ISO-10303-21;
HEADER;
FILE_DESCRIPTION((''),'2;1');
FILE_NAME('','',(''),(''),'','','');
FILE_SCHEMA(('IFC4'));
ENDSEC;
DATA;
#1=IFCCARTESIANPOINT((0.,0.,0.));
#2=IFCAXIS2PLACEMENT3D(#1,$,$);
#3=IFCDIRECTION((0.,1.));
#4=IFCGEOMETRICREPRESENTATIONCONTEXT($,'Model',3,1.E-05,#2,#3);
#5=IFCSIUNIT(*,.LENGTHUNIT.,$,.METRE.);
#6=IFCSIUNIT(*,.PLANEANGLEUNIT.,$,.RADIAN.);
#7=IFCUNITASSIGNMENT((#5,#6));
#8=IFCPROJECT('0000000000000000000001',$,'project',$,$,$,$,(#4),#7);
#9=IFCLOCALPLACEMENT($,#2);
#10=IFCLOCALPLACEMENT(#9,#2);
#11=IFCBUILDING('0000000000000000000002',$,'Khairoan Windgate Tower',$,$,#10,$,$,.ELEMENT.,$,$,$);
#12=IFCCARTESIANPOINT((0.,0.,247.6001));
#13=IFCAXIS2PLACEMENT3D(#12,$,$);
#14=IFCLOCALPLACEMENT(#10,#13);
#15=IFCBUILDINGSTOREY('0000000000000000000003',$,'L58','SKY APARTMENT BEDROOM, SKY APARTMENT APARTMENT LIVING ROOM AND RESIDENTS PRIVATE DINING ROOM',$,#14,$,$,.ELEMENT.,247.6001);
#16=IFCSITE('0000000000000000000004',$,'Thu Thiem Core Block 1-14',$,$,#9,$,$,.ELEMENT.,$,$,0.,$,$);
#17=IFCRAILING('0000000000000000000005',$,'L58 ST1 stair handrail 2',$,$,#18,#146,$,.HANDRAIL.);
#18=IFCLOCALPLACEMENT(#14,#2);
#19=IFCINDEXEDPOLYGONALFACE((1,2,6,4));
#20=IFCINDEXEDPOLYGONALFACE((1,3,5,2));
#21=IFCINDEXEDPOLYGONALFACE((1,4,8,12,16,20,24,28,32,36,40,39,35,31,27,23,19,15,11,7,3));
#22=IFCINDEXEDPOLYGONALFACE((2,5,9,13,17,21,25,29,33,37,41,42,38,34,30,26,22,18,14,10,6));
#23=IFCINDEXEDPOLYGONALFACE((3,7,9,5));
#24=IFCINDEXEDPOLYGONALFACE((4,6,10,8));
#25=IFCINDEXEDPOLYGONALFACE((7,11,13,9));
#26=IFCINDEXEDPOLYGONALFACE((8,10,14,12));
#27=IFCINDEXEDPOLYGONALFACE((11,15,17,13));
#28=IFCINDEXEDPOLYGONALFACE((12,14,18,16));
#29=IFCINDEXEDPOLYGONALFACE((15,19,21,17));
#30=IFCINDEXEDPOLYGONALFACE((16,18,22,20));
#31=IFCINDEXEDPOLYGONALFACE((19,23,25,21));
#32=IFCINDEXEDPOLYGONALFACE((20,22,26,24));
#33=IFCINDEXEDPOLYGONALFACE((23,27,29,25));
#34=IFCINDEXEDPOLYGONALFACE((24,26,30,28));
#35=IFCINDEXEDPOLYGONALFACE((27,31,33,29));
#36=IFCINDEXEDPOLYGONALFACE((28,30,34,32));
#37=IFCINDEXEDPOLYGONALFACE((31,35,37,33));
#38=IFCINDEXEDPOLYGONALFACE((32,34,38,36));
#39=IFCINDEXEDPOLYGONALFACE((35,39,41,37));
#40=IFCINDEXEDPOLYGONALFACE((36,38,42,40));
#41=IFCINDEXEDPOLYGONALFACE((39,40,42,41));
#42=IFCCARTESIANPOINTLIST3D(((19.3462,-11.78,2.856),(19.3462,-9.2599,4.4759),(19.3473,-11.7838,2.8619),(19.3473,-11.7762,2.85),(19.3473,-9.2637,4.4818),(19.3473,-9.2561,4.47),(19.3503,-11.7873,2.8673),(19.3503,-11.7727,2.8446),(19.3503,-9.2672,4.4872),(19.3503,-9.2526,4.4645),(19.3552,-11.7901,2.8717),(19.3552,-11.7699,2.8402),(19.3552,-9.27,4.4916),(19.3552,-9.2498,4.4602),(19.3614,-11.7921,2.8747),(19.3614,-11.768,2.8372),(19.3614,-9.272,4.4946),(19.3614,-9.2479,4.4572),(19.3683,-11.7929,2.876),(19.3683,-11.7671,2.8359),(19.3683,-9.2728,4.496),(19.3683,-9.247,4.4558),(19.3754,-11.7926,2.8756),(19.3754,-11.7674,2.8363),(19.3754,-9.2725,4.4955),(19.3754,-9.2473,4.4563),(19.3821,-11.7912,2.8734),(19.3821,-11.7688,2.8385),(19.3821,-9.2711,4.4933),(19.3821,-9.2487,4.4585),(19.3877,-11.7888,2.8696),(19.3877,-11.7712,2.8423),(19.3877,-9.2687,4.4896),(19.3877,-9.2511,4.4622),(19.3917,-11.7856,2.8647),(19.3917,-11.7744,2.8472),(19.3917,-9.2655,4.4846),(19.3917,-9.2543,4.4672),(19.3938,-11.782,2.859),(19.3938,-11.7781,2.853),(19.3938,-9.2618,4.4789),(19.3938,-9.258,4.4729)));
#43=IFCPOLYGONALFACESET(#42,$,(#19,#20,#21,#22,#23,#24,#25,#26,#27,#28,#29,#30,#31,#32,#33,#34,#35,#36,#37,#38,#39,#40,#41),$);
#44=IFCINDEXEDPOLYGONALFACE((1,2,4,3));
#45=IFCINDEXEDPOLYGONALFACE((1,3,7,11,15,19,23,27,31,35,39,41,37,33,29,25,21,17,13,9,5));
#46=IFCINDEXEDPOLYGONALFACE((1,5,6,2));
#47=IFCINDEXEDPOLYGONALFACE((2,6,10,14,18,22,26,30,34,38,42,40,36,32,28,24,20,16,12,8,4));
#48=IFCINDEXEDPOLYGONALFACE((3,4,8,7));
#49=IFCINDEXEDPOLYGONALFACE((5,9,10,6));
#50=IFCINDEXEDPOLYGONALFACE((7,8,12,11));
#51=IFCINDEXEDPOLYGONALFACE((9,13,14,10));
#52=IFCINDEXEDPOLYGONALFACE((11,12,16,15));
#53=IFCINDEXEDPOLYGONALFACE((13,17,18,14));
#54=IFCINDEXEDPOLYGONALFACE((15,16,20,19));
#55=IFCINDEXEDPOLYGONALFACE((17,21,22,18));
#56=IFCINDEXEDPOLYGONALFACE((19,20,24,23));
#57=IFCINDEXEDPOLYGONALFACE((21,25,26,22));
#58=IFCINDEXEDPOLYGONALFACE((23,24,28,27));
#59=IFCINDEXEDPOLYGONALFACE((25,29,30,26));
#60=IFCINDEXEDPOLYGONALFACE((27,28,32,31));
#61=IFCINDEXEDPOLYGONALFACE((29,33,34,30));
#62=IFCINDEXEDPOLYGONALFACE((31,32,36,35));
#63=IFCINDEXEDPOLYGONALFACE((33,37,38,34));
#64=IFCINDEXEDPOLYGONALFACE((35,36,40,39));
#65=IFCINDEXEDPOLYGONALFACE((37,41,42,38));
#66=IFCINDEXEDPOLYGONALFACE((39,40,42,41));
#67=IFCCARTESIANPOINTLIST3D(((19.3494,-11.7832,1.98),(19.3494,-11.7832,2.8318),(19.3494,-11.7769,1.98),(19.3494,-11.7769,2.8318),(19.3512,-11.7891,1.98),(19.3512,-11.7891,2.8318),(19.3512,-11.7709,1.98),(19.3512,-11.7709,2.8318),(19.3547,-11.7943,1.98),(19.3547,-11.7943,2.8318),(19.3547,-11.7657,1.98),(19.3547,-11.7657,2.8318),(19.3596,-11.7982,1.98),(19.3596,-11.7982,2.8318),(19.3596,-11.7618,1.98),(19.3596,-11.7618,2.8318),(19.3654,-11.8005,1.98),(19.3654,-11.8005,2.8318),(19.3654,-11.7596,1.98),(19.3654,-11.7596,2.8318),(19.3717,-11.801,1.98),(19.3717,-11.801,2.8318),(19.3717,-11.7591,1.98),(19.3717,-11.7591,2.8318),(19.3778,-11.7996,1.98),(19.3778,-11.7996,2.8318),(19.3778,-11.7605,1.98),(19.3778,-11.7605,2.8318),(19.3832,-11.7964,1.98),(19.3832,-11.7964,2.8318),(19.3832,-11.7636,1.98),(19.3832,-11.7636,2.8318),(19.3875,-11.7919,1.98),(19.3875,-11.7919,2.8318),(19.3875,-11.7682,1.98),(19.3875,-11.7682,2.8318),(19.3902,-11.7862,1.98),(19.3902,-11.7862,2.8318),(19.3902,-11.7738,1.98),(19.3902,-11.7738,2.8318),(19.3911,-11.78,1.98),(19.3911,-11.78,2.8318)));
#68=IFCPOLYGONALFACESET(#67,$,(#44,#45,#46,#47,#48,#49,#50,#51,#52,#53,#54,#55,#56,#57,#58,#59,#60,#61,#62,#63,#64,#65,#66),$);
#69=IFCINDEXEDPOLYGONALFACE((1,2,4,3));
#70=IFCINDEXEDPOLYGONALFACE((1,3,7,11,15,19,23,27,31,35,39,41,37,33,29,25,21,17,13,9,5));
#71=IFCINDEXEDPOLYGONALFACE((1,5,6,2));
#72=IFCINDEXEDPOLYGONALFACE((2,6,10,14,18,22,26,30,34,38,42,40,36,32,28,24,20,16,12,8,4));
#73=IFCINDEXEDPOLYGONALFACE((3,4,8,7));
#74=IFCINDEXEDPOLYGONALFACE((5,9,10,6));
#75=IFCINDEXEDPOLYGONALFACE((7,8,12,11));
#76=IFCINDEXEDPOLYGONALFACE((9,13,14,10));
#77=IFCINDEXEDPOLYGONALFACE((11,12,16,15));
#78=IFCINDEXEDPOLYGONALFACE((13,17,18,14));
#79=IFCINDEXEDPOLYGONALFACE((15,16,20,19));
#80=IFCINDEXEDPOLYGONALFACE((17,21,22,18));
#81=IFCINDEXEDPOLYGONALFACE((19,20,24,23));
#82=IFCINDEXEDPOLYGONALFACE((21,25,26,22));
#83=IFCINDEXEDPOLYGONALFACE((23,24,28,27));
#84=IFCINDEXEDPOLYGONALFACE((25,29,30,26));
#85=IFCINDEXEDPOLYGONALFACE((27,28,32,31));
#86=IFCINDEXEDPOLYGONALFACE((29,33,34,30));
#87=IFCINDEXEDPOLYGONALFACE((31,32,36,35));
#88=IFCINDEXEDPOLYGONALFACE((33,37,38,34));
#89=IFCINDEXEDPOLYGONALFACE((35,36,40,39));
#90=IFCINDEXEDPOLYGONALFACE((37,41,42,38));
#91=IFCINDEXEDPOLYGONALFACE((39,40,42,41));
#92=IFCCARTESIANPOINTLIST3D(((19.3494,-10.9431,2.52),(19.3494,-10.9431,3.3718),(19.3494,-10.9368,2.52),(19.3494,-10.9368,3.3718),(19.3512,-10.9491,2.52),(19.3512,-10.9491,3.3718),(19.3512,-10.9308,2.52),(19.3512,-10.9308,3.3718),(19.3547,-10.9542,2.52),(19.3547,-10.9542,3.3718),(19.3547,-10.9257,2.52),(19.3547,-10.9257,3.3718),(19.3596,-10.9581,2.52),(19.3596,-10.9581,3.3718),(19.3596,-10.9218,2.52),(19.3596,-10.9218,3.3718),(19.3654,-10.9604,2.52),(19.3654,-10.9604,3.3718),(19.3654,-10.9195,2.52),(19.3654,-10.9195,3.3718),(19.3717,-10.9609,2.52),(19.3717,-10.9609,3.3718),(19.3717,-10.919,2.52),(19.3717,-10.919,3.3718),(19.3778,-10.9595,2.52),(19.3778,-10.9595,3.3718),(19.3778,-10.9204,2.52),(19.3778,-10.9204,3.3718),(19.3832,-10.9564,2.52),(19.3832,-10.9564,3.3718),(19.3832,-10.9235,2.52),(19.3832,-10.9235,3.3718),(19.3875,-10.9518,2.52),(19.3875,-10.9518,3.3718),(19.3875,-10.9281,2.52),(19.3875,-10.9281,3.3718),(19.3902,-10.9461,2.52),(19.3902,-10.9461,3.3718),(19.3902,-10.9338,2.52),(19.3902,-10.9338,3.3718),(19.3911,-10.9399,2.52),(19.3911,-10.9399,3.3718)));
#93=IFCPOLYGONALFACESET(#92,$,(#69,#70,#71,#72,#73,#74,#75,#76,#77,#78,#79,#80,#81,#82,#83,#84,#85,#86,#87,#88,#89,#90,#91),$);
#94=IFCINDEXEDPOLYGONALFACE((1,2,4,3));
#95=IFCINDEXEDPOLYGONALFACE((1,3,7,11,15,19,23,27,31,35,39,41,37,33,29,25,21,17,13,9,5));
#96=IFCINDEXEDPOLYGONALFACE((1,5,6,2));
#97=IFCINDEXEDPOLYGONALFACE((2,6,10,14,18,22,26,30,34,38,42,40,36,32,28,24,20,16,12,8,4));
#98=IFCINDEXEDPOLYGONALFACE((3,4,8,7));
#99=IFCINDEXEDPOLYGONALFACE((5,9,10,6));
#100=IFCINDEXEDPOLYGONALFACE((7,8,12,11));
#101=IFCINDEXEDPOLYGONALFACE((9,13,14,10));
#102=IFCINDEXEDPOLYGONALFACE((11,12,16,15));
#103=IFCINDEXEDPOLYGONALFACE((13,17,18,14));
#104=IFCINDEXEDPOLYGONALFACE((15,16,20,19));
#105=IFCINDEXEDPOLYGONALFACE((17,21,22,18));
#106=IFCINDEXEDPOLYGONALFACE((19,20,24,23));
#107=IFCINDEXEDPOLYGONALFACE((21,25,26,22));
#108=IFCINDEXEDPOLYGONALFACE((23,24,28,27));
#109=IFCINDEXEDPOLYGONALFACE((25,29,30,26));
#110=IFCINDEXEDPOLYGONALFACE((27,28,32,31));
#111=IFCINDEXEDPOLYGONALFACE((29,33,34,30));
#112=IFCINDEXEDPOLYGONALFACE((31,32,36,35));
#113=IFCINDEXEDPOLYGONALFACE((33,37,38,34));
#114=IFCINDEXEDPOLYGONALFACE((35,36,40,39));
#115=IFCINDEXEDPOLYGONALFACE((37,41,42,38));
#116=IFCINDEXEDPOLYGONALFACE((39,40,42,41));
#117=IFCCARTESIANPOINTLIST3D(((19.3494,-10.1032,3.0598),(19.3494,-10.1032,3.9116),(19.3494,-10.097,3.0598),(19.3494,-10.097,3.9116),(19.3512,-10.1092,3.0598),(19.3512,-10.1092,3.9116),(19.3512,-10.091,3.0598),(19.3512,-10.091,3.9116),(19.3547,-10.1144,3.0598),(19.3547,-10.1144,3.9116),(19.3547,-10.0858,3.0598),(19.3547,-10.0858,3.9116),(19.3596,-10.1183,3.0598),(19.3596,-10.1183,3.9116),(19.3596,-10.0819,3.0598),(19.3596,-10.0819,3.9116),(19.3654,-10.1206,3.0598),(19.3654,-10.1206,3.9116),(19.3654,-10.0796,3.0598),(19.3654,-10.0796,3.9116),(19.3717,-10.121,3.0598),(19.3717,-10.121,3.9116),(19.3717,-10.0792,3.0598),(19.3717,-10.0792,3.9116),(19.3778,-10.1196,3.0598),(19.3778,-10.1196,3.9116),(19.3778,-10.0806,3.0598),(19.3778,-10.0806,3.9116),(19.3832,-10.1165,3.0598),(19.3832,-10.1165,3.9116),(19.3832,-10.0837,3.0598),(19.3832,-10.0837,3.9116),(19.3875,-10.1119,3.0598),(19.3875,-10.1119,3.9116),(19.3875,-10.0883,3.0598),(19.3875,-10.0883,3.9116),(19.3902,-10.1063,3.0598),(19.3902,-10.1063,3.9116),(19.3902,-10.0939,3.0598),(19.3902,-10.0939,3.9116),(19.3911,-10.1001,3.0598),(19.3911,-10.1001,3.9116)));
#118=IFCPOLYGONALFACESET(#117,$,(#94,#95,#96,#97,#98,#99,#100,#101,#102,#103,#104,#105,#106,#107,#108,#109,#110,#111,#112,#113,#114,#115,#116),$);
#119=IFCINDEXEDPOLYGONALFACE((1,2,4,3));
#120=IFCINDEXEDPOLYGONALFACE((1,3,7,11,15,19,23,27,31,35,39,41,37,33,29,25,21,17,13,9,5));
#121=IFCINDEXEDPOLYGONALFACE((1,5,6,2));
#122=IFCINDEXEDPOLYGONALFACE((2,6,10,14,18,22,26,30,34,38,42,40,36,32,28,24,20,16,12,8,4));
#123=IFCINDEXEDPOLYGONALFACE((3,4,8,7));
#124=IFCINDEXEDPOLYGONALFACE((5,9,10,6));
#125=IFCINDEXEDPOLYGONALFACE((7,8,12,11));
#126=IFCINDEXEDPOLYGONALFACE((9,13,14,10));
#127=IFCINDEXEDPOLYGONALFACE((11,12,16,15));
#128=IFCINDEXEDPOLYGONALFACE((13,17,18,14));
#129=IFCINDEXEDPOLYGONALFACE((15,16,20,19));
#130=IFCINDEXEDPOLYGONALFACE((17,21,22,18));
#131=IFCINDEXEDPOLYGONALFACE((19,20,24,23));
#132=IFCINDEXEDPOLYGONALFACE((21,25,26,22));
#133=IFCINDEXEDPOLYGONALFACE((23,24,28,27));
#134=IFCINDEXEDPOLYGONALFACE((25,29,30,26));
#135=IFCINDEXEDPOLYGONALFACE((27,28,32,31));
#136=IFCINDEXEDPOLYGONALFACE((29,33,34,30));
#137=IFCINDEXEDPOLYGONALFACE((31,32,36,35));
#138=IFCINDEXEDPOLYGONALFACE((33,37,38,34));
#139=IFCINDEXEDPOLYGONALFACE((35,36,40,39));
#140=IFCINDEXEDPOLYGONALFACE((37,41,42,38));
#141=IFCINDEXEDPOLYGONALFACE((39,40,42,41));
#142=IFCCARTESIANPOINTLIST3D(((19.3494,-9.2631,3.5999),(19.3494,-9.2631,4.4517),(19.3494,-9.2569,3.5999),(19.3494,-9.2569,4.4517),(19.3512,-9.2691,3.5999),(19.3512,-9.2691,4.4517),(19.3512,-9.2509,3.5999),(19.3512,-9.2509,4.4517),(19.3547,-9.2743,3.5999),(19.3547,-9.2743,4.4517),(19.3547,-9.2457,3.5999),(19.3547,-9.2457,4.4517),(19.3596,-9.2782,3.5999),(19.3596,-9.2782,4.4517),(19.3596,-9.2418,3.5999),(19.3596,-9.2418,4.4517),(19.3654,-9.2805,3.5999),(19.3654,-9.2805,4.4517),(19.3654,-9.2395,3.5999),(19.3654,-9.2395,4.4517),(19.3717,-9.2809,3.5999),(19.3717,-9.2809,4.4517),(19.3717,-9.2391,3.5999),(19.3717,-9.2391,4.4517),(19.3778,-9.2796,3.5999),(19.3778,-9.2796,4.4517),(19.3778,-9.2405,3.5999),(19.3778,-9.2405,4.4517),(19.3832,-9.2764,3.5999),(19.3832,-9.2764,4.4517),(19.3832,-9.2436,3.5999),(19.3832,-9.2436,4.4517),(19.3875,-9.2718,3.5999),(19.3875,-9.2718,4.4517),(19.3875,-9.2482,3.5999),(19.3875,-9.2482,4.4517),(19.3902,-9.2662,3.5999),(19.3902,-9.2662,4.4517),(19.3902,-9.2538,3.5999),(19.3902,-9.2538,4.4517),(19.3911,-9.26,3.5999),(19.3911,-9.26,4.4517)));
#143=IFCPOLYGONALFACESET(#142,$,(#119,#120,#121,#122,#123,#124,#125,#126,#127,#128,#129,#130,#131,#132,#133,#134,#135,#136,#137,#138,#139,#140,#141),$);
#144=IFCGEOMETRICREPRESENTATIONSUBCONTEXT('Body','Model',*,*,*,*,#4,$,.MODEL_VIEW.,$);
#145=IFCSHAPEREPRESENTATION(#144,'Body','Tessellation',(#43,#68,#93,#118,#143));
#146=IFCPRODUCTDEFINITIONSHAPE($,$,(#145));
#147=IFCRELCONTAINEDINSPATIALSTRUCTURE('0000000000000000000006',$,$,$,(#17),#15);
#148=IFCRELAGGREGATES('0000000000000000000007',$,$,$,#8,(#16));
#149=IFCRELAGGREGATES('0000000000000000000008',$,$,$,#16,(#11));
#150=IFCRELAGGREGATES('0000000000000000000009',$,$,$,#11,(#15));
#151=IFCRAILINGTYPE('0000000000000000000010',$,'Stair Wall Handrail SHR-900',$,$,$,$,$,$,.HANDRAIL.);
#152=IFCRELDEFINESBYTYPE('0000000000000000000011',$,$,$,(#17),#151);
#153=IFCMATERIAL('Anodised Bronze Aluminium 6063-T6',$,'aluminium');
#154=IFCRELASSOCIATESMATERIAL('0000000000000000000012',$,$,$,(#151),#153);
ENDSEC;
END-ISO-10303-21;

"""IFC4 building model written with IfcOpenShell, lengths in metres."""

from ifc_helpers import new_model, si_unit, direction, frame, origin, origin_2d, place, context, subcontext, project, spatial, circle, extrude, material, type_object, element, save


model = new_model("IFC4")

# Units and contexts
model_context = context("Model", 3, precision=1e-05, world=origin(), true_north=direction((0.0, 1.0)))
body_context = subcontext(model_context, "Body", "Model", "MODEL_VIEW")
ifc_project = project(units=[si_unit("LENGTHUNIT", "METRE"), si_unit("PLANEANGLEUNIT", "RADIAN")], contexts=[model_context])

# Site, building, storey
site_placement = place(None, origin())
site = spatial("IfcSite", under=ifc_project, at=site_placement, Name="Thu Thiem Core Block 1-14", CompositionType="ELEMENT", RefElevation=0.0)
building_placement = place(site_placement, origin())
building = spatial("IfcBuilding", under=site, at=building_placement, Name="Khairoan Windgate Tower", CompositionType="ELEMENT")
storey_placement = place(building_placement, frame((0.0, 0.0, 247.6001)))
storey = spatial("IfcBuildingStorey", under=building, at=storey_placement, Name="L58", Description="SKY APARTMENT BEDROOM, SKY APARTMENT APARTMENT LIVING ROOM AND RESIDENTS PRIVATE DINING ROOM", CompositionType="ELEMENT", Elevation=247.6001)

# Railing
ifc_material_1 = material(Name="Anodised Bronze Aluminium 6063-T6", Category="aluminium")
railing_type_1 = type_object("IfcRailingType", Name="Stair Wall Handrail SHR-900", PredefinedType="HANDRAIL", material=ifc_material_1)
railing_1_placement = place(storey_placement, frame((19.3701, -11.78, 1.98)))
element("IfcRailing", 1, at=railing_1_placement, inside=storey, type_object=railing_type_1, Name="L58 ST1 stair handrail 2", PredefinedType="HANDRAIL", context=body_context, shape_type="SweptSolid", body=[
    extrude(circle(Radius=0.0239, at=origin_2d()), frame((0.0, 0.0, 0.876), z_axis=(0.0, 0.8412, 0.540725), x_axis=(-1.0, 0.0, 0.0)), (0.0, 0.0, 1.0), 2.9958),
    extrude(circle(Radius=0.021, at=origin_2d()), origin(), (0.0, 0.0, 1.0), 0.8518),
    extrude(circle(Radius=0.021, at=origin_2d()), frame((0.0, 0.8401, 0.54)), (0.0, 0.0, 1.0), 0.8518),
    extrude(circle(Radius=0.021, at=origin_2d()), frame((0.0, 1.6799, 1.0798)), (0.0, 0.0, 1.0), 0.8518),
    extrude(circle(Radius=0.021, at=origin_2d()), frame((0.0, 2.52, 1.6199)), (0.0, 0.0, 1.0), 0.8518),
])

save(model, "model.ifc")
